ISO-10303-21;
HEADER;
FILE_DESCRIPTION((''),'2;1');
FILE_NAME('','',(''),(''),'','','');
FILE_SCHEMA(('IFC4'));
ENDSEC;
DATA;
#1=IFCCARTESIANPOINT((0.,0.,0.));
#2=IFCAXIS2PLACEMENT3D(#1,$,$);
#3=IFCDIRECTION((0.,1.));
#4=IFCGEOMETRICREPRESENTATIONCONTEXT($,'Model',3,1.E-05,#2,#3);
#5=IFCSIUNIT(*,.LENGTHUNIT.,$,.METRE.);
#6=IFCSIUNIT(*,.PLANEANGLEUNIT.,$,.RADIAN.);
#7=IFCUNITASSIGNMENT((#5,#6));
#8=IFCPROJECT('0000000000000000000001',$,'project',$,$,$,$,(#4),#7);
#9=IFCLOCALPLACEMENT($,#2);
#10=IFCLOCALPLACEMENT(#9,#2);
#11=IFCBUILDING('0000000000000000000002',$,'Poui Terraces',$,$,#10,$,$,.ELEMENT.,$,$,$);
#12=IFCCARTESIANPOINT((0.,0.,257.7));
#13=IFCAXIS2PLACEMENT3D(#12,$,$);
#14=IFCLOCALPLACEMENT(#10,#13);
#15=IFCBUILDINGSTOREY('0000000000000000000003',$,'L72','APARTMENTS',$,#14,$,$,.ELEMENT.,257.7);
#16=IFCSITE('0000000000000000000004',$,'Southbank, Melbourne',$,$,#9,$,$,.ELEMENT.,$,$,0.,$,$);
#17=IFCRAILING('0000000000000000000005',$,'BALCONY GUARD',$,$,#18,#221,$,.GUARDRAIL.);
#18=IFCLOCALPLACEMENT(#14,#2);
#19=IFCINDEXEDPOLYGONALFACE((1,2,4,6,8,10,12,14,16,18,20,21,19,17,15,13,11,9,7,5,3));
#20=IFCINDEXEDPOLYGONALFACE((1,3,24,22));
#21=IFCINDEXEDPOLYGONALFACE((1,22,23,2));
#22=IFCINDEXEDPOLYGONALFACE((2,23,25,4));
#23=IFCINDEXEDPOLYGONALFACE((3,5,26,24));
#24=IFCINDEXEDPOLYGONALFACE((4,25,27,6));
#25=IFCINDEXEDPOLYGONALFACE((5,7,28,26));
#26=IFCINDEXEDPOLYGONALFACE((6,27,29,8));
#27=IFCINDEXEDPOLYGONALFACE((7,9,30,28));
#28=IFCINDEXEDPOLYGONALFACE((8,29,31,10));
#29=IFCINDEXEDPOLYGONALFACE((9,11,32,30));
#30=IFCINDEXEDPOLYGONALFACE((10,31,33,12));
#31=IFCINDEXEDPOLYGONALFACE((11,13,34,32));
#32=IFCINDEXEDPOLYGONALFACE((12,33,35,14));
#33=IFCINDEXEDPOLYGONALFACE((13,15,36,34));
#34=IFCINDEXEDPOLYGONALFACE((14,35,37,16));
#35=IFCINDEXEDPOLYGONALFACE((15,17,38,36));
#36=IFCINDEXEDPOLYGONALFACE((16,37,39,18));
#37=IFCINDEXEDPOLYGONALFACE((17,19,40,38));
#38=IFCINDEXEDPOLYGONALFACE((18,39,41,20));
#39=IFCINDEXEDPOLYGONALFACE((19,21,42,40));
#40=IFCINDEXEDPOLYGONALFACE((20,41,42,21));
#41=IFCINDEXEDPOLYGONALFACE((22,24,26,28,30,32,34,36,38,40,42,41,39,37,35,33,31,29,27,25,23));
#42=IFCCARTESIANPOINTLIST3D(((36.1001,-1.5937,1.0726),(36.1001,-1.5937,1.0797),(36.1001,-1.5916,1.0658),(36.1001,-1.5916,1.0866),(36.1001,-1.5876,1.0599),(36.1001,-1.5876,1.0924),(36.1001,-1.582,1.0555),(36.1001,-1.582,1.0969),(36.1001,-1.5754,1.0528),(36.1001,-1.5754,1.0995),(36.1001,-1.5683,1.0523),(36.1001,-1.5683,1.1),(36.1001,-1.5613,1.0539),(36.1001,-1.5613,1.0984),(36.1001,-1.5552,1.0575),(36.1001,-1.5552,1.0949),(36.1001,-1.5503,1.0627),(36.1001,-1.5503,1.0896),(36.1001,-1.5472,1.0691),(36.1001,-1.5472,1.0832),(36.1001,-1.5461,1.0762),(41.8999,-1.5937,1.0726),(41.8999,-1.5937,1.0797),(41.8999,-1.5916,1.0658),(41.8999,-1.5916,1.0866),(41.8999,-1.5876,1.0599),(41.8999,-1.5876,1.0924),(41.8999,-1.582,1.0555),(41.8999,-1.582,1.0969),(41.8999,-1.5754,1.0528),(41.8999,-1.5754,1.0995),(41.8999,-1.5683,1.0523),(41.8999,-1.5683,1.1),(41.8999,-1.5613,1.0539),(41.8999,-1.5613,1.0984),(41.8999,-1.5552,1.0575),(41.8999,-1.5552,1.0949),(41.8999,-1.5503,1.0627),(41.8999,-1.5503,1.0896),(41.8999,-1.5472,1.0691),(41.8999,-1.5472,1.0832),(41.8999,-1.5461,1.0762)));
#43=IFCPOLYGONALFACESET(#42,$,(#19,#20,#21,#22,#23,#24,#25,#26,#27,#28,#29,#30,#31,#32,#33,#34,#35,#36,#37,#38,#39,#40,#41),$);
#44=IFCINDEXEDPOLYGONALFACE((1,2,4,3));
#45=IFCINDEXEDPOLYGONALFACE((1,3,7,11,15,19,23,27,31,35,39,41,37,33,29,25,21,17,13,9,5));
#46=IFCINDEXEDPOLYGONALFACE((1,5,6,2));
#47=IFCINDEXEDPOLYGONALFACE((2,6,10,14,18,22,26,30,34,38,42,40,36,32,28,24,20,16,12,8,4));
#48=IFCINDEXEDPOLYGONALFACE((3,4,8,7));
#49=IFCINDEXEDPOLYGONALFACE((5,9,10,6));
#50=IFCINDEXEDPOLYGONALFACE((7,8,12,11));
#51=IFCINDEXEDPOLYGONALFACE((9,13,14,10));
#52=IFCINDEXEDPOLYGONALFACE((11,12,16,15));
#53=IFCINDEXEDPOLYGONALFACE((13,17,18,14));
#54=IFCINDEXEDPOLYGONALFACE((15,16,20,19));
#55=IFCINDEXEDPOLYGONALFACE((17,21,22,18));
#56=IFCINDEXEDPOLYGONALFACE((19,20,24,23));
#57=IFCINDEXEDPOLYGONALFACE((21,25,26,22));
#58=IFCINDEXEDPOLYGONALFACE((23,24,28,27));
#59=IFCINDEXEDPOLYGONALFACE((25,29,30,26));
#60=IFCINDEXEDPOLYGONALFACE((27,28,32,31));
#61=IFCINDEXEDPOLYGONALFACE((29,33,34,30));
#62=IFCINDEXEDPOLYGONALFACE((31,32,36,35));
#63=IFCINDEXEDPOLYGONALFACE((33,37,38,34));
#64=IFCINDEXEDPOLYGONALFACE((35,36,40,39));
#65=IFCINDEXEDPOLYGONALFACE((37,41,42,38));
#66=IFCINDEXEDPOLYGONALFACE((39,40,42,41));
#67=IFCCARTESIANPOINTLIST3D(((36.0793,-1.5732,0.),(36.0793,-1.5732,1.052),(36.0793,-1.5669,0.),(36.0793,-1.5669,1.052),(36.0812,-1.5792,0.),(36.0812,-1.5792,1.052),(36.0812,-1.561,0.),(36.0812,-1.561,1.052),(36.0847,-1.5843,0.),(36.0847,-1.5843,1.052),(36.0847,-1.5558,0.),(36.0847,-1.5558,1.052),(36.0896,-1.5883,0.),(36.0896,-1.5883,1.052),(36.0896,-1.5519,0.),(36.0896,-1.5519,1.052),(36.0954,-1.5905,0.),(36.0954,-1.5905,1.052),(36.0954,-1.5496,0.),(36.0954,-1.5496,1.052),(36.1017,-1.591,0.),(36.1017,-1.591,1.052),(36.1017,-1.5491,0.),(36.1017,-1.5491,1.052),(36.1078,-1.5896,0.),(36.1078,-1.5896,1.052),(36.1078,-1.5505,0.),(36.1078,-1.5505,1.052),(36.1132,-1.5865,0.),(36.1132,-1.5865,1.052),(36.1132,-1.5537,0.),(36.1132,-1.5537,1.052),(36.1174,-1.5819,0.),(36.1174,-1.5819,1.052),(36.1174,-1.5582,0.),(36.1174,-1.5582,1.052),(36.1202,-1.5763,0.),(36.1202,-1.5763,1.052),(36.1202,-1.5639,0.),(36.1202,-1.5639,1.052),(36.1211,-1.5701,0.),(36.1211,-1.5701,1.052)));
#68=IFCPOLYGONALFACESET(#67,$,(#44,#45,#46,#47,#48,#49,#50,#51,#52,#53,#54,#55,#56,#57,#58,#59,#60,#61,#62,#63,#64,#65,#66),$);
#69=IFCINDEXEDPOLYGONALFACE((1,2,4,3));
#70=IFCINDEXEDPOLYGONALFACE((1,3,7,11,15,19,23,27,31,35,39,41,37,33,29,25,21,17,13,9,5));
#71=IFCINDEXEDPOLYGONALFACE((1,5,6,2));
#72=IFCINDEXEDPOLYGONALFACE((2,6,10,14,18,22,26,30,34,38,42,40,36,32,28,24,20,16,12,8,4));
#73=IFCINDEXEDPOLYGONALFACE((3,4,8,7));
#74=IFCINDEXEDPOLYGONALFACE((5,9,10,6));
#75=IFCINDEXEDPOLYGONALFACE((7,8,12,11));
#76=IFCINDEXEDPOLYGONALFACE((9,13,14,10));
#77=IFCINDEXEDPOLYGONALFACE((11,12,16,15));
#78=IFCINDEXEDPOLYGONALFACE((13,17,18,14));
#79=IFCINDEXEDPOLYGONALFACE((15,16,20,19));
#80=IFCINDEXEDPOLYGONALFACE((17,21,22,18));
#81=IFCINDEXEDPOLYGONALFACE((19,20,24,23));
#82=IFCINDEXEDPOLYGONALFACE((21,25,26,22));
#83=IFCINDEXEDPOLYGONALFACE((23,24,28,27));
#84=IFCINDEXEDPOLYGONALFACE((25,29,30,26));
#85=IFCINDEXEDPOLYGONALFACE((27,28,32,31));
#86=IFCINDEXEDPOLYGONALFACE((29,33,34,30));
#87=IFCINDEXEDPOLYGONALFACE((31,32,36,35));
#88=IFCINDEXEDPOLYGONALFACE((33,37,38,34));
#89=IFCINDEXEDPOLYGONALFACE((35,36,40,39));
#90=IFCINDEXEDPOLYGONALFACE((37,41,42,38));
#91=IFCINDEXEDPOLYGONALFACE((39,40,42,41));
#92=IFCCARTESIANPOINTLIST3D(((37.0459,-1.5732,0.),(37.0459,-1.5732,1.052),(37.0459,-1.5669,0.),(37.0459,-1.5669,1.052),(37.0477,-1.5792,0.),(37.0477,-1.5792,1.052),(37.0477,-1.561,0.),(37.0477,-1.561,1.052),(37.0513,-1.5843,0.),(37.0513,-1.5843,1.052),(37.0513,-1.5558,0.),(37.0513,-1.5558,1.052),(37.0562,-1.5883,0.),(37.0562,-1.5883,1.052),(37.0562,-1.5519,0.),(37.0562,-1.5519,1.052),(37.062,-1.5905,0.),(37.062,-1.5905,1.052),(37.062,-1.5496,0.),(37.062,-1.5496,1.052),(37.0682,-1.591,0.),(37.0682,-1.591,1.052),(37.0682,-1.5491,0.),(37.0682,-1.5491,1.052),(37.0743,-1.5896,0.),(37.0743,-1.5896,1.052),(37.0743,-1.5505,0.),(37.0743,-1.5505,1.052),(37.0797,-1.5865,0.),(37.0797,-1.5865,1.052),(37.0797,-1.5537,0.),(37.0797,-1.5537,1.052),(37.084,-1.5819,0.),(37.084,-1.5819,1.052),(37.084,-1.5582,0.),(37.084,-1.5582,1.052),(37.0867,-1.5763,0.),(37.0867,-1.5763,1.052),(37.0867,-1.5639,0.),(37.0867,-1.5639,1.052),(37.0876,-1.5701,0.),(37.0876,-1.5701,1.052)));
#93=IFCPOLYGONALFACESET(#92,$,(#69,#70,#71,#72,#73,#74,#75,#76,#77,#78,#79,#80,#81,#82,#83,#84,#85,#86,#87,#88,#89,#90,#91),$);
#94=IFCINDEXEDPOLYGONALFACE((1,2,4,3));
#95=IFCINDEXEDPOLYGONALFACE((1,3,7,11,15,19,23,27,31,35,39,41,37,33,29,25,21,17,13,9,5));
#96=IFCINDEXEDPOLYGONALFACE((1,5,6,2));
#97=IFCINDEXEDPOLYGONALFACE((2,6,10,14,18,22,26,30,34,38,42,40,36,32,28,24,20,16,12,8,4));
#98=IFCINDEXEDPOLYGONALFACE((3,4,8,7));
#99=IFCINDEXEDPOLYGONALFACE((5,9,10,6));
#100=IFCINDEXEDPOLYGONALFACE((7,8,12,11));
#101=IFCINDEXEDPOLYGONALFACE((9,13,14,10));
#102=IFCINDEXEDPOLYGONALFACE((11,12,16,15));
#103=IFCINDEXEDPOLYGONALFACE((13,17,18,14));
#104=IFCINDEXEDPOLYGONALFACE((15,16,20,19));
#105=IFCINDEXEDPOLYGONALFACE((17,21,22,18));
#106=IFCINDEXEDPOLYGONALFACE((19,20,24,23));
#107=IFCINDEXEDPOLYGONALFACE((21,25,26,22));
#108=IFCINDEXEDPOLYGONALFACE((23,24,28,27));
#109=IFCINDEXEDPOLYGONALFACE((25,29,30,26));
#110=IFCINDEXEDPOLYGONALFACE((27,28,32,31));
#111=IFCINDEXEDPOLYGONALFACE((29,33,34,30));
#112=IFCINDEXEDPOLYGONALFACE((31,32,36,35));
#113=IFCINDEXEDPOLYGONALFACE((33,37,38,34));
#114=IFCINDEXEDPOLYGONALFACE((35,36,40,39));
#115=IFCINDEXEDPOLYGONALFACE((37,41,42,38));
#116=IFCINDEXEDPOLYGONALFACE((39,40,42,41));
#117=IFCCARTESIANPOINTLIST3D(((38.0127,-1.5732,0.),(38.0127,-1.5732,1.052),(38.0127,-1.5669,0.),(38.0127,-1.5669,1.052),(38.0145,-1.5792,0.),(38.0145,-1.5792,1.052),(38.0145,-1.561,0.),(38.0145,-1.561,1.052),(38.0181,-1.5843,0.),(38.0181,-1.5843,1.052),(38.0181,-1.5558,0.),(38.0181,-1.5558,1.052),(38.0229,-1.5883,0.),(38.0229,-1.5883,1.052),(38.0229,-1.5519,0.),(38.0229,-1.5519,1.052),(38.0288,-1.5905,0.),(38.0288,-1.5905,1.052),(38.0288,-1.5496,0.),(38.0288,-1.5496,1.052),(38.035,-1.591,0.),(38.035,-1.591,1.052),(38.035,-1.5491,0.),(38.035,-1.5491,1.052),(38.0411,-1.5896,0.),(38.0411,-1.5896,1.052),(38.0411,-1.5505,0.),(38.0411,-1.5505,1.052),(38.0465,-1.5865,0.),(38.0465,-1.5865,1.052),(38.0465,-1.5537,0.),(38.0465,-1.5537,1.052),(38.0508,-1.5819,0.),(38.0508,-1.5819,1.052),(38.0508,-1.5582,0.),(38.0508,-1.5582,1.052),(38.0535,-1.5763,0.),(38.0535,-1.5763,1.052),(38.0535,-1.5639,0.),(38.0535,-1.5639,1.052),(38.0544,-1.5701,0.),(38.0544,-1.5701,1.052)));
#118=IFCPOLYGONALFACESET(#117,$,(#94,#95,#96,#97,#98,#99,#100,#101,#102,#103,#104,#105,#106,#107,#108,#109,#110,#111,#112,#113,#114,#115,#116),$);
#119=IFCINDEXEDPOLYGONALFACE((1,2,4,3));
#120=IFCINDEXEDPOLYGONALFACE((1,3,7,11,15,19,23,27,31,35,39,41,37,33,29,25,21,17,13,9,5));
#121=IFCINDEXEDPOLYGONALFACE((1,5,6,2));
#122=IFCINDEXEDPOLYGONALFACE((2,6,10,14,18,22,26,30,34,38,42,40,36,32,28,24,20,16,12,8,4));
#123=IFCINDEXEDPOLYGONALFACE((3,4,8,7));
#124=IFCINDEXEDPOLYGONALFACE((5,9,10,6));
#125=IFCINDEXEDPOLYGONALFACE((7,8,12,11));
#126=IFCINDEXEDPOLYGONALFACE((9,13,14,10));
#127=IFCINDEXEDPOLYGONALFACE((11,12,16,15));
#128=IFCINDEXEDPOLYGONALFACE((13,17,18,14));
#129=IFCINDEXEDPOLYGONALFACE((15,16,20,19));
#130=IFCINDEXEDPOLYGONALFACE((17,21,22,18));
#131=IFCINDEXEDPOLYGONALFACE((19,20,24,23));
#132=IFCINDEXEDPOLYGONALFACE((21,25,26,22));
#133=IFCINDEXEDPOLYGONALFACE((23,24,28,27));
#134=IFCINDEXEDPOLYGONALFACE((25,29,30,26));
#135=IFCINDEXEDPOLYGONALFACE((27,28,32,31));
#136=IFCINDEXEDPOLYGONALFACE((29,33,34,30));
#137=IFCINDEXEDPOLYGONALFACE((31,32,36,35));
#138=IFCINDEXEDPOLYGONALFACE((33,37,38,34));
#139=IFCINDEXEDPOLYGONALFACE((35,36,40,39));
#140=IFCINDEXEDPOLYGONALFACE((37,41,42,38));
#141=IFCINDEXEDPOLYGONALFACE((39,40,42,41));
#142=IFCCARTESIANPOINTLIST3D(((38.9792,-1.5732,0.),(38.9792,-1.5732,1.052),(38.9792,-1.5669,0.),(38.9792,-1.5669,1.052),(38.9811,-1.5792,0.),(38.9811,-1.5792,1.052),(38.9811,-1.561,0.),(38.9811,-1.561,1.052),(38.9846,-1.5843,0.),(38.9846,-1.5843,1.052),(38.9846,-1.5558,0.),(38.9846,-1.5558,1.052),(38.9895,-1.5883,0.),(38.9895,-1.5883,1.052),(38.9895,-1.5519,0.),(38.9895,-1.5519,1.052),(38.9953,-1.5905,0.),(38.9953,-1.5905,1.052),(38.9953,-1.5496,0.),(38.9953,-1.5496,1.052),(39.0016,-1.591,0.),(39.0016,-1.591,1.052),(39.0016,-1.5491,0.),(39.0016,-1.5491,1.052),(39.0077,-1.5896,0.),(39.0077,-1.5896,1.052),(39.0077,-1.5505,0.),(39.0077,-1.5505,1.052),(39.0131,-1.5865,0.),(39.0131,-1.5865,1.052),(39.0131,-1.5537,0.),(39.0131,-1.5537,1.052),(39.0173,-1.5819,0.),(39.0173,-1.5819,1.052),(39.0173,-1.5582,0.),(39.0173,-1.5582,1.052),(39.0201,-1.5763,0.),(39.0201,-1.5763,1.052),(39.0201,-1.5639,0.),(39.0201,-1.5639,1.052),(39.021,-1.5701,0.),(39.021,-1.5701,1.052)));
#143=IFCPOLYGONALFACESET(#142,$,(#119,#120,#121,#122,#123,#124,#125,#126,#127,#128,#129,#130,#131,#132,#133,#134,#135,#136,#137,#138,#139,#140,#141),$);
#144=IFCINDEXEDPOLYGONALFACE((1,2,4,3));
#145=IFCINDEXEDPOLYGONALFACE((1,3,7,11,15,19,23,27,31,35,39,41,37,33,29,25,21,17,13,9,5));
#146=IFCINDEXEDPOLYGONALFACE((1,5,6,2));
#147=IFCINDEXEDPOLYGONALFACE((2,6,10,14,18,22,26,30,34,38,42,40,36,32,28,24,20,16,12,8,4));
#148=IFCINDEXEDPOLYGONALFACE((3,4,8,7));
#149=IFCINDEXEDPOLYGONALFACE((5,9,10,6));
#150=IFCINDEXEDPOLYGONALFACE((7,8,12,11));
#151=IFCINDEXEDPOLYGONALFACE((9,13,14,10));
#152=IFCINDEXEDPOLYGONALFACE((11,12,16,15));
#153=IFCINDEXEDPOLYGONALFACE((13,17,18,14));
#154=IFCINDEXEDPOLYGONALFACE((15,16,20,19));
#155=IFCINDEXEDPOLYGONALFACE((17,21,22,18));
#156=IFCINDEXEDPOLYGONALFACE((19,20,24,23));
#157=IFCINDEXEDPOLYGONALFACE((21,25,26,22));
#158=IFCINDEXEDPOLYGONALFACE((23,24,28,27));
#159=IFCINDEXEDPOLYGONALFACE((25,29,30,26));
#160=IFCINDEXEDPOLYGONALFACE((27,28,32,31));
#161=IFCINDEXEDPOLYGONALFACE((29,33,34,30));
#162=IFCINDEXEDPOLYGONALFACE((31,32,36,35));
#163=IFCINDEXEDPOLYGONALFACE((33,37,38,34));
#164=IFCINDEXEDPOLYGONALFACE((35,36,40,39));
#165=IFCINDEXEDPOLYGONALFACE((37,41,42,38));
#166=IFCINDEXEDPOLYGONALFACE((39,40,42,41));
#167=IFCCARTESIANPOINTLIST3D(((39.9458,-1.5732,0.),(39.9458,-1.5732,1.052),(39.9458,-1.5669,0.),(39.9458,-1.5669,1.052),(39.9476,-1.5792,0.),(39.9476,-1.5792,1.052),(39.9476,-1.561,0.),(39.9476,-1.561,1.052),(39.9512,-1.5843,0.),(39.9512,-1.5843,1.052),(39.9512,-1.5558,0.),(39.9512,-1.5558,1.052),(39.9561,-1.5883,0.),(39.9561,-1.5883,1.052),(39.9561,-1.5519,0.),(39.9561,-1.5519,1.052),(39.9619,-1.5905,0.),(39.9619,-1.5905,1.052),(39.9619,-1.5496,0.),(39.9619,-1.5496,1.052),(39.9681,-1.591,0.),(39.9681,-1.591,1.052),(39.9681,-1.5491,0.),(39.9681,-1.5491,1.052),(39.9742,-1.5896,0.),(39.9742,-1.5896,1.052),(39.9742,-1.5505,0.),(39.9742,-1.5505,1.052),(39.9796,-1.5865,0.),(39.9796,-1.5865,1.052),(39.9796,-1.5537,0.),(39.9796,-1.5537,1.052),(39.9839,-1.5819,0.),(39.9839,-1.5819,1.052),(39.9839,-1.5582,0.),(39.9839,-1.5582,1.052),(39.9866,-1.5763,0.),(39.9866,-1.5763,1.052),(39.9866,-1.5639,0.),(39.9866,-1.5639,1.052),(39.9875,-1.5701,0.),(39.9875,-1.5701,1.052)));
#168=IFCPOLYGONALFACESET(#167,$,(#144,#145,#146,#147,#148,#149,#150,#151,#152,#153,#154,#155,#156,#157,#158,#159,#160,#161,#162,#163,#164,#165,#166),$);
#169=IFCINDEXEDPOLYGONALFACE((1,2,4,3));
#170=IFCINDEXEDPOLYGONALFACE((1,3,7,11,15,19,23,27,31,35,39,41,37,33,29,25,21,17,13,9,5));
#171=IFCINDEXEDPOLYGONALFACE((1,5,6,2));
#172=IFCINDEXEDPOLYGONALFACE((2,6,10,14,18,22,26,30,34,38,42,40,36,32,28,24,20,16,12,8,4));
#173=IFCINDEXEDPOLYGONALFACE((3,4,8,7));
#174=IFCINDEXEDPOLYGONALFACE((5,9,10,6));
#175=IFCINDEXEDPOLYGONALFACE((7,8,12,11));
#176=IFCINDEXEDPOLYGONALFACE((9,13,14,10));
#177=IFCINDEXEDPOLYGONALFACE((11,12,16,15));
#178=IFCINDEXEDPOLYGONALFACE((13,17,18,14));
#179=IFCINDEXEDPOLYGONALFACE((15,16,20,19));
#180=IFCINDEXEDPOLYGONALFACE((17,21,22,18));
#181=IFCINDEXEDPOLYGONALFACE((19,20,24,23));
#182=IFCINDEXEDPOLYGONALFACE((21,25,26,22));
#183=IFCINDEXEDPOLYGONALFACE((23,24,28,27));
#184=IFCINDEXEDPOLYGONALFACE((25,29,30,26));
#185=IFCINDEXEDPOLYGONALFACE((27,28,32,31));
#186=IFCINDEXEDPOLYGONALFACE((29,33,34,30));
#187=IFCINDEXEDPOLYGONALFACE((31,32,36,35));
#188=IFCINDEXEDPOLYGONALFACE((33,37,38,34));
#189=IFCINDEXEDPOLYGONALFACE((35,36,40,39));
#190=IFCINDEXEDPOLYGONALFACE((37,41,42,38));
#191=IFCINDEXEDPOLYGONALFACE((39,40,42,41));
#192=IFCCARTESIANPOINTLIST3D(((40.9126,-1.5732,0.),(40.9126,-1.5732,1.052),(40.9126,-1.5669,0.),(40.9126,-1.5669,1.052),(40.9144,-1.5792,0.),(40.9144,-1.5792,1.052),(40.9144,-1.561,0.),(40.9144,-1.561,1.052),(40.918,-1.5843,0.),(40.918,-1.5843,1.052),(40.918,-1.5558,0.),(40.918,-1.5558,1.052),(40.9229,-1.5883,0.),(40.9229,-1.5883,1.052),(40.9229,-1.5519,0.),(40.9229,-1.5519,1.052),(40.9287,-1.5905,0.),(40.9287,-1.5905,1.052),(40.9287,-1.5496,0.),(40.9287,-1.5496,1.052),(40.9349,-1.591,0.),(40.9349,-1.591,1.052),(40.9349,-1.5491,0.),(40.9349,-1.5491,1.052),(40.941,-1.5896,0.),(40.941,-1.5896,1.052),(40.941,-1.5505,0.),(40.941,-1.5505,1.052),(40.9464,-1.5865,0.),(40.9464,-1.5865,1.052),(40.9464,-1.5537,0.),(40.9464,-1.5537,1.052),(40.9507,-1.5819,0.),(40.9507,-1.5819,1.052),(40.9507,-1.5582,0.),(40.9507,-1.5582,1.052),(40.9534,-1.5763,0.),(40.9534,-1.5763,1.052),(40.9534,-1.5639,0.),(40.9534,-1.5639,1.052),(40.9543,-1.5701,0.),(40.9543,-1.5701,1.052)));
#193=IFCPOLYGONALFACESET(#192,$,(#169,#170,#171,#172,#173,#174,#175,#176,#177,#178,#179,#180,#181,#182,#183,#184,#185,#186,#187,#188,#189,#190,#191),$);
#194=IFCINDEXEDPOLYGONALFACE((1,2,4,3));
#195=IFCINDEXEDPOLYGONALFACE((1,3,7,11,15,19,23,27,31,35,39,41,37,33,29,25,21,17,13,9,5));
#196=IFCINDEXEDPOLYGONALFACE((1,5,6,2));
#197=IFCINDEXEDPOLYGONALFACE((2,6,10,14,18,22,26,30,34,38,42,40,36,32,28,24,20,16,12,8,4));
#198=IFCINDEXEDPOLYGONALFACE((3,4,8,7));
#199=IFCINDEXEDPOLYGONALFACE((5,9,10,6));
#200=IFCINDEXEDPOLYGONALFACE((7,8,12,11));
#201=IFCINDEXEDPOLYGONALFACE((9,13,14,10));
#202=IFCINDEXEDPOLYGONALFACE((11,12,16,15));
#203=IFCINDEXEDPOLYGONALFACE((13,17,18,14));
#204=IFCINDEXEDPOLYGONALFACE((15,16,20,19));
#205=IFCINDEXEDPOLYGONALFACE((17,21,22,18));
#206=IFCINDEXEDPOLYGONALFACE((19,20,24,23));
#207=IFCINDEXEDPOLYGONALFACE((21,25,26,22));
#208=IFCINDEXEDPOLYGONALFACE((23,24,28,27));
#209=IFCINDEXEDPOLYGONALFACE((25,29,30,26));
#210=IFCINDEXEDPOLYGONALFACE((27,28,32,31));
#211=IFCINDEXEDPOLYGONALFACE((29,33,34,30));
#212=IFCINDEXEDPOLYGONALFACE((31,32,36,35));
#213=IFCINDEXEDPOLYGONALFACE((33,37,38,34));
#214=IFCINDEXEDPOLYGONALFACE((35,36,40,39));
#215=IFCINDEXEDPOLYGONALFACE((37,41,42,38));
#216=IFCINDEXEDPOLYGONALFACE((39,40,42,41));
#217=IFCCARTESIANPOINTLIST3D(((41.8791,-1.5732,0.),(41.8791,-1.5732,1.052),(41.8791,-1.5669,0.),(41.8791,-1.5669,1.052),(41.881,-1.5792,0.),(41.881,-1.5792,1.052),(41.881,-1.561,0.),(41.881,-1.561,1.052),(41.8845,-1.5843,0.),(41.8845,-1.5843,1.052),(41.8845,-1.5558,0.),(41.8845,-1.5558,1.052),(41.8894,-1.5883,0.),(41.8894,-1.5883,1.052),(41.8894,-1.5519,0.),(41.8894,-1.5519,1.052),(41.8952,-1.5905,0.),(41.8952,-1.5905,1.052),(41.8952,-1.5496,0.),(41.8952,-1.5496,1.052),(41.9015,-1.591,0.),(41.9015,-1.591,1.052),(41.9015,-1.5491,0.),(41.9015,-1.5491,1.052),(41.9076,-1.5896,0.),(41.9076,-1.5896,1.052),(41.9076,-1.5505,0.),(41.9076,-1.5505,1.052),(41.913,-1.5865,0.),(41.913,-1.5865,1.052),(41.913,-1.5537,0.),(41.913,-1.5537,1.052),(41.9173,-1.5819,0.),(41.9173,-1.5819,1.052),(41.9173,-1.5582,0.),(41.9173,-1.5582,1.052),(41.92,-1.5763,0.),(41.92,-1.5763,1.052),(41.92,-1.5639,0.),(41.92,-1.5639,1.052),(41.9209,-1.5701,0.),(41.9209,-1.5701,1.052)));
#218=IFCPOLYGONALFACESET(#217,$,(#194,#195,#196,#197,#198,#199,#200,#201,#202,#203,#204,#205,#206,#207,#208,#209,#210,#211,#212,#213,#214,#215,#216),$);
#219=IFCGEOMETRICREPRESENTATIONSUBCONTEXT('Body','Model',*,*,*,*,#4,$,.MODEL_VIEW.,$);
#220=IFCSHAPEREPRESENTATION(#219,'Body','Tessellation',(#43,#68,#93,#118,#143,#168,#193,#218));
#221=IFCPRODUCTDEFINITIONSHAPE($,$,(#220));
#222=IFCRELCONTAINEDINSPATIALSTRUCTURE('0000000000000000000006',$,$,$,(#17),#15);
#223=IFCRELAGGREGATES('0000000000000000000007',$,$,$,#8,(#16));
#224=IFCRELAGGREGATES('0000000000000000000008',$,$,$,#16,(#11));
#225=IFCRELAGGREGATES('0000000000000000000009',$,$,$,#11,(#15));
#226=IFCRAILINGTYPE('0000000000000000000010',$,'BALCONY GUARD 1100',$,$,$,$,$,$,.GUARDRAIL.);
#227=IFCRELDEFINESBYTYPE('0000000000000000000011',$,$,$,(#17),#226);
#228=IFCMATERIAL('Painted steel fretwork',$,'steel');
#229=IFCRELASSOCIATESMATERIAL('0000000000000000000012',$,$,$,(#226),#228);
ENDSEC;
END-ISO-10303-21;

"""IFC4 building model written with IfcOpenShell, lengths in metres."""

from ifc_helpers import new_model, si_unit, direction, frame, origin, origin_2d, place, context, subcontext, project, spatial, circle, extrude, material, type_object, element, save


model = new_model("IFC4")

# Units and contexts
model_context = context("Model", 3, precision=1e-05, world=origin(), true_north=direction((0.0, 1.0)))
body_context = subcontext(model_context, "Body", "Model", "MODEL_VIEW")
ifc_project = project(units=[si_unit("LENGTHUNIT", "METRE"), si_unit("PLANEANGLEUNIT", "RADIAN")], contexts=[model_context])

# Site, building, storey
site_placement = place(None, origin())
site = spatial("IfcSite", under=ifc_project, at=site_placement, Name="Southbank, Melbourne", CompositionType="ELEMENT", RefElevation=0.0)
building_placement = place(site_placement, origin())
building = spatial("IfcBuilding", under=site, at=building_placement, Name="Poui Terraces", CompositionType="ELEMENT")
storey_placement = place(building_placement, frame((0.0, 0.0, 257.7)))
storey = spatial("IfcBuildingStorey", under=building, at=storey_placement, Name="L72", Description="APARTMENTS", CompositionType="ELEMENT", Elevation=257.7)

# Railing
ifc_material_1 = material(Name="Painted steel fretwork", Category="steel")
railing_type = type_object("IfcRailingType", Name="BALCONY GUARD 1100", PredefinedType="GUARDRAIL", material=ifc_material_1)
railing_placement = place(storey_placement, frame((36.1001, -1.5701, 0.0)))
element("IfcRailing", 1, at=railing_placement, inside=storey, type_object=railing_type, Name="BALCONY GUARD", PredefinedType="GUARDRAIL", context=body_context, shape_type="SweptSolid", body=[
    extrude(circle(Radius=0.0239, at=origin_2d()), frame((0.0, 0.0, 1.0762), z_axis=(1.0, 0.0, 0.0), x_axis=(0.0, 1.0, 0.0)), (0.0, 0.0, 1.0), 5.7998),
    extrude(circle(Radius=0.021, at=origin_2d()), origin(), (0.0, 0.0, 1.0), 1.052),
    extrude(circle(Radius=0.021, at=origin_2d()), frame((0.9666, 0.0, 0.0)), (0.0, 0.0, 1.0), 1.052),
    extrude(circle(Radius=0.021, at=origin_2d()), frame((1.9333, 0.0, 0.0)), (0.0, 0.0, 1.0), 1.052),
    extrude(circle(Radius=0.021, at=origin_2d()), frame((2.8999, 0.0, 0.0)), (0.0, 0.0, 1.0), 1.052),
    extrude(circle(Radius=0.021, at=origin_2d()), frame((3.8665, 0.0, 0.0)), (0.0, 0.0, 1.0), 1.052),
    extrude(circle(Radius=0.021, at=origin_2d()), frame((4.8333, 0.0, 0.0)), (0.0, 0.0, 1.0), 1.052),
    extrude(circle(Radius=0.021, at=origin_2d()), frame((5.7998, 0.0, 0.0)), (0.0, 0.0, 1.0), 1.052),
])

save(model, "model.ifc")
